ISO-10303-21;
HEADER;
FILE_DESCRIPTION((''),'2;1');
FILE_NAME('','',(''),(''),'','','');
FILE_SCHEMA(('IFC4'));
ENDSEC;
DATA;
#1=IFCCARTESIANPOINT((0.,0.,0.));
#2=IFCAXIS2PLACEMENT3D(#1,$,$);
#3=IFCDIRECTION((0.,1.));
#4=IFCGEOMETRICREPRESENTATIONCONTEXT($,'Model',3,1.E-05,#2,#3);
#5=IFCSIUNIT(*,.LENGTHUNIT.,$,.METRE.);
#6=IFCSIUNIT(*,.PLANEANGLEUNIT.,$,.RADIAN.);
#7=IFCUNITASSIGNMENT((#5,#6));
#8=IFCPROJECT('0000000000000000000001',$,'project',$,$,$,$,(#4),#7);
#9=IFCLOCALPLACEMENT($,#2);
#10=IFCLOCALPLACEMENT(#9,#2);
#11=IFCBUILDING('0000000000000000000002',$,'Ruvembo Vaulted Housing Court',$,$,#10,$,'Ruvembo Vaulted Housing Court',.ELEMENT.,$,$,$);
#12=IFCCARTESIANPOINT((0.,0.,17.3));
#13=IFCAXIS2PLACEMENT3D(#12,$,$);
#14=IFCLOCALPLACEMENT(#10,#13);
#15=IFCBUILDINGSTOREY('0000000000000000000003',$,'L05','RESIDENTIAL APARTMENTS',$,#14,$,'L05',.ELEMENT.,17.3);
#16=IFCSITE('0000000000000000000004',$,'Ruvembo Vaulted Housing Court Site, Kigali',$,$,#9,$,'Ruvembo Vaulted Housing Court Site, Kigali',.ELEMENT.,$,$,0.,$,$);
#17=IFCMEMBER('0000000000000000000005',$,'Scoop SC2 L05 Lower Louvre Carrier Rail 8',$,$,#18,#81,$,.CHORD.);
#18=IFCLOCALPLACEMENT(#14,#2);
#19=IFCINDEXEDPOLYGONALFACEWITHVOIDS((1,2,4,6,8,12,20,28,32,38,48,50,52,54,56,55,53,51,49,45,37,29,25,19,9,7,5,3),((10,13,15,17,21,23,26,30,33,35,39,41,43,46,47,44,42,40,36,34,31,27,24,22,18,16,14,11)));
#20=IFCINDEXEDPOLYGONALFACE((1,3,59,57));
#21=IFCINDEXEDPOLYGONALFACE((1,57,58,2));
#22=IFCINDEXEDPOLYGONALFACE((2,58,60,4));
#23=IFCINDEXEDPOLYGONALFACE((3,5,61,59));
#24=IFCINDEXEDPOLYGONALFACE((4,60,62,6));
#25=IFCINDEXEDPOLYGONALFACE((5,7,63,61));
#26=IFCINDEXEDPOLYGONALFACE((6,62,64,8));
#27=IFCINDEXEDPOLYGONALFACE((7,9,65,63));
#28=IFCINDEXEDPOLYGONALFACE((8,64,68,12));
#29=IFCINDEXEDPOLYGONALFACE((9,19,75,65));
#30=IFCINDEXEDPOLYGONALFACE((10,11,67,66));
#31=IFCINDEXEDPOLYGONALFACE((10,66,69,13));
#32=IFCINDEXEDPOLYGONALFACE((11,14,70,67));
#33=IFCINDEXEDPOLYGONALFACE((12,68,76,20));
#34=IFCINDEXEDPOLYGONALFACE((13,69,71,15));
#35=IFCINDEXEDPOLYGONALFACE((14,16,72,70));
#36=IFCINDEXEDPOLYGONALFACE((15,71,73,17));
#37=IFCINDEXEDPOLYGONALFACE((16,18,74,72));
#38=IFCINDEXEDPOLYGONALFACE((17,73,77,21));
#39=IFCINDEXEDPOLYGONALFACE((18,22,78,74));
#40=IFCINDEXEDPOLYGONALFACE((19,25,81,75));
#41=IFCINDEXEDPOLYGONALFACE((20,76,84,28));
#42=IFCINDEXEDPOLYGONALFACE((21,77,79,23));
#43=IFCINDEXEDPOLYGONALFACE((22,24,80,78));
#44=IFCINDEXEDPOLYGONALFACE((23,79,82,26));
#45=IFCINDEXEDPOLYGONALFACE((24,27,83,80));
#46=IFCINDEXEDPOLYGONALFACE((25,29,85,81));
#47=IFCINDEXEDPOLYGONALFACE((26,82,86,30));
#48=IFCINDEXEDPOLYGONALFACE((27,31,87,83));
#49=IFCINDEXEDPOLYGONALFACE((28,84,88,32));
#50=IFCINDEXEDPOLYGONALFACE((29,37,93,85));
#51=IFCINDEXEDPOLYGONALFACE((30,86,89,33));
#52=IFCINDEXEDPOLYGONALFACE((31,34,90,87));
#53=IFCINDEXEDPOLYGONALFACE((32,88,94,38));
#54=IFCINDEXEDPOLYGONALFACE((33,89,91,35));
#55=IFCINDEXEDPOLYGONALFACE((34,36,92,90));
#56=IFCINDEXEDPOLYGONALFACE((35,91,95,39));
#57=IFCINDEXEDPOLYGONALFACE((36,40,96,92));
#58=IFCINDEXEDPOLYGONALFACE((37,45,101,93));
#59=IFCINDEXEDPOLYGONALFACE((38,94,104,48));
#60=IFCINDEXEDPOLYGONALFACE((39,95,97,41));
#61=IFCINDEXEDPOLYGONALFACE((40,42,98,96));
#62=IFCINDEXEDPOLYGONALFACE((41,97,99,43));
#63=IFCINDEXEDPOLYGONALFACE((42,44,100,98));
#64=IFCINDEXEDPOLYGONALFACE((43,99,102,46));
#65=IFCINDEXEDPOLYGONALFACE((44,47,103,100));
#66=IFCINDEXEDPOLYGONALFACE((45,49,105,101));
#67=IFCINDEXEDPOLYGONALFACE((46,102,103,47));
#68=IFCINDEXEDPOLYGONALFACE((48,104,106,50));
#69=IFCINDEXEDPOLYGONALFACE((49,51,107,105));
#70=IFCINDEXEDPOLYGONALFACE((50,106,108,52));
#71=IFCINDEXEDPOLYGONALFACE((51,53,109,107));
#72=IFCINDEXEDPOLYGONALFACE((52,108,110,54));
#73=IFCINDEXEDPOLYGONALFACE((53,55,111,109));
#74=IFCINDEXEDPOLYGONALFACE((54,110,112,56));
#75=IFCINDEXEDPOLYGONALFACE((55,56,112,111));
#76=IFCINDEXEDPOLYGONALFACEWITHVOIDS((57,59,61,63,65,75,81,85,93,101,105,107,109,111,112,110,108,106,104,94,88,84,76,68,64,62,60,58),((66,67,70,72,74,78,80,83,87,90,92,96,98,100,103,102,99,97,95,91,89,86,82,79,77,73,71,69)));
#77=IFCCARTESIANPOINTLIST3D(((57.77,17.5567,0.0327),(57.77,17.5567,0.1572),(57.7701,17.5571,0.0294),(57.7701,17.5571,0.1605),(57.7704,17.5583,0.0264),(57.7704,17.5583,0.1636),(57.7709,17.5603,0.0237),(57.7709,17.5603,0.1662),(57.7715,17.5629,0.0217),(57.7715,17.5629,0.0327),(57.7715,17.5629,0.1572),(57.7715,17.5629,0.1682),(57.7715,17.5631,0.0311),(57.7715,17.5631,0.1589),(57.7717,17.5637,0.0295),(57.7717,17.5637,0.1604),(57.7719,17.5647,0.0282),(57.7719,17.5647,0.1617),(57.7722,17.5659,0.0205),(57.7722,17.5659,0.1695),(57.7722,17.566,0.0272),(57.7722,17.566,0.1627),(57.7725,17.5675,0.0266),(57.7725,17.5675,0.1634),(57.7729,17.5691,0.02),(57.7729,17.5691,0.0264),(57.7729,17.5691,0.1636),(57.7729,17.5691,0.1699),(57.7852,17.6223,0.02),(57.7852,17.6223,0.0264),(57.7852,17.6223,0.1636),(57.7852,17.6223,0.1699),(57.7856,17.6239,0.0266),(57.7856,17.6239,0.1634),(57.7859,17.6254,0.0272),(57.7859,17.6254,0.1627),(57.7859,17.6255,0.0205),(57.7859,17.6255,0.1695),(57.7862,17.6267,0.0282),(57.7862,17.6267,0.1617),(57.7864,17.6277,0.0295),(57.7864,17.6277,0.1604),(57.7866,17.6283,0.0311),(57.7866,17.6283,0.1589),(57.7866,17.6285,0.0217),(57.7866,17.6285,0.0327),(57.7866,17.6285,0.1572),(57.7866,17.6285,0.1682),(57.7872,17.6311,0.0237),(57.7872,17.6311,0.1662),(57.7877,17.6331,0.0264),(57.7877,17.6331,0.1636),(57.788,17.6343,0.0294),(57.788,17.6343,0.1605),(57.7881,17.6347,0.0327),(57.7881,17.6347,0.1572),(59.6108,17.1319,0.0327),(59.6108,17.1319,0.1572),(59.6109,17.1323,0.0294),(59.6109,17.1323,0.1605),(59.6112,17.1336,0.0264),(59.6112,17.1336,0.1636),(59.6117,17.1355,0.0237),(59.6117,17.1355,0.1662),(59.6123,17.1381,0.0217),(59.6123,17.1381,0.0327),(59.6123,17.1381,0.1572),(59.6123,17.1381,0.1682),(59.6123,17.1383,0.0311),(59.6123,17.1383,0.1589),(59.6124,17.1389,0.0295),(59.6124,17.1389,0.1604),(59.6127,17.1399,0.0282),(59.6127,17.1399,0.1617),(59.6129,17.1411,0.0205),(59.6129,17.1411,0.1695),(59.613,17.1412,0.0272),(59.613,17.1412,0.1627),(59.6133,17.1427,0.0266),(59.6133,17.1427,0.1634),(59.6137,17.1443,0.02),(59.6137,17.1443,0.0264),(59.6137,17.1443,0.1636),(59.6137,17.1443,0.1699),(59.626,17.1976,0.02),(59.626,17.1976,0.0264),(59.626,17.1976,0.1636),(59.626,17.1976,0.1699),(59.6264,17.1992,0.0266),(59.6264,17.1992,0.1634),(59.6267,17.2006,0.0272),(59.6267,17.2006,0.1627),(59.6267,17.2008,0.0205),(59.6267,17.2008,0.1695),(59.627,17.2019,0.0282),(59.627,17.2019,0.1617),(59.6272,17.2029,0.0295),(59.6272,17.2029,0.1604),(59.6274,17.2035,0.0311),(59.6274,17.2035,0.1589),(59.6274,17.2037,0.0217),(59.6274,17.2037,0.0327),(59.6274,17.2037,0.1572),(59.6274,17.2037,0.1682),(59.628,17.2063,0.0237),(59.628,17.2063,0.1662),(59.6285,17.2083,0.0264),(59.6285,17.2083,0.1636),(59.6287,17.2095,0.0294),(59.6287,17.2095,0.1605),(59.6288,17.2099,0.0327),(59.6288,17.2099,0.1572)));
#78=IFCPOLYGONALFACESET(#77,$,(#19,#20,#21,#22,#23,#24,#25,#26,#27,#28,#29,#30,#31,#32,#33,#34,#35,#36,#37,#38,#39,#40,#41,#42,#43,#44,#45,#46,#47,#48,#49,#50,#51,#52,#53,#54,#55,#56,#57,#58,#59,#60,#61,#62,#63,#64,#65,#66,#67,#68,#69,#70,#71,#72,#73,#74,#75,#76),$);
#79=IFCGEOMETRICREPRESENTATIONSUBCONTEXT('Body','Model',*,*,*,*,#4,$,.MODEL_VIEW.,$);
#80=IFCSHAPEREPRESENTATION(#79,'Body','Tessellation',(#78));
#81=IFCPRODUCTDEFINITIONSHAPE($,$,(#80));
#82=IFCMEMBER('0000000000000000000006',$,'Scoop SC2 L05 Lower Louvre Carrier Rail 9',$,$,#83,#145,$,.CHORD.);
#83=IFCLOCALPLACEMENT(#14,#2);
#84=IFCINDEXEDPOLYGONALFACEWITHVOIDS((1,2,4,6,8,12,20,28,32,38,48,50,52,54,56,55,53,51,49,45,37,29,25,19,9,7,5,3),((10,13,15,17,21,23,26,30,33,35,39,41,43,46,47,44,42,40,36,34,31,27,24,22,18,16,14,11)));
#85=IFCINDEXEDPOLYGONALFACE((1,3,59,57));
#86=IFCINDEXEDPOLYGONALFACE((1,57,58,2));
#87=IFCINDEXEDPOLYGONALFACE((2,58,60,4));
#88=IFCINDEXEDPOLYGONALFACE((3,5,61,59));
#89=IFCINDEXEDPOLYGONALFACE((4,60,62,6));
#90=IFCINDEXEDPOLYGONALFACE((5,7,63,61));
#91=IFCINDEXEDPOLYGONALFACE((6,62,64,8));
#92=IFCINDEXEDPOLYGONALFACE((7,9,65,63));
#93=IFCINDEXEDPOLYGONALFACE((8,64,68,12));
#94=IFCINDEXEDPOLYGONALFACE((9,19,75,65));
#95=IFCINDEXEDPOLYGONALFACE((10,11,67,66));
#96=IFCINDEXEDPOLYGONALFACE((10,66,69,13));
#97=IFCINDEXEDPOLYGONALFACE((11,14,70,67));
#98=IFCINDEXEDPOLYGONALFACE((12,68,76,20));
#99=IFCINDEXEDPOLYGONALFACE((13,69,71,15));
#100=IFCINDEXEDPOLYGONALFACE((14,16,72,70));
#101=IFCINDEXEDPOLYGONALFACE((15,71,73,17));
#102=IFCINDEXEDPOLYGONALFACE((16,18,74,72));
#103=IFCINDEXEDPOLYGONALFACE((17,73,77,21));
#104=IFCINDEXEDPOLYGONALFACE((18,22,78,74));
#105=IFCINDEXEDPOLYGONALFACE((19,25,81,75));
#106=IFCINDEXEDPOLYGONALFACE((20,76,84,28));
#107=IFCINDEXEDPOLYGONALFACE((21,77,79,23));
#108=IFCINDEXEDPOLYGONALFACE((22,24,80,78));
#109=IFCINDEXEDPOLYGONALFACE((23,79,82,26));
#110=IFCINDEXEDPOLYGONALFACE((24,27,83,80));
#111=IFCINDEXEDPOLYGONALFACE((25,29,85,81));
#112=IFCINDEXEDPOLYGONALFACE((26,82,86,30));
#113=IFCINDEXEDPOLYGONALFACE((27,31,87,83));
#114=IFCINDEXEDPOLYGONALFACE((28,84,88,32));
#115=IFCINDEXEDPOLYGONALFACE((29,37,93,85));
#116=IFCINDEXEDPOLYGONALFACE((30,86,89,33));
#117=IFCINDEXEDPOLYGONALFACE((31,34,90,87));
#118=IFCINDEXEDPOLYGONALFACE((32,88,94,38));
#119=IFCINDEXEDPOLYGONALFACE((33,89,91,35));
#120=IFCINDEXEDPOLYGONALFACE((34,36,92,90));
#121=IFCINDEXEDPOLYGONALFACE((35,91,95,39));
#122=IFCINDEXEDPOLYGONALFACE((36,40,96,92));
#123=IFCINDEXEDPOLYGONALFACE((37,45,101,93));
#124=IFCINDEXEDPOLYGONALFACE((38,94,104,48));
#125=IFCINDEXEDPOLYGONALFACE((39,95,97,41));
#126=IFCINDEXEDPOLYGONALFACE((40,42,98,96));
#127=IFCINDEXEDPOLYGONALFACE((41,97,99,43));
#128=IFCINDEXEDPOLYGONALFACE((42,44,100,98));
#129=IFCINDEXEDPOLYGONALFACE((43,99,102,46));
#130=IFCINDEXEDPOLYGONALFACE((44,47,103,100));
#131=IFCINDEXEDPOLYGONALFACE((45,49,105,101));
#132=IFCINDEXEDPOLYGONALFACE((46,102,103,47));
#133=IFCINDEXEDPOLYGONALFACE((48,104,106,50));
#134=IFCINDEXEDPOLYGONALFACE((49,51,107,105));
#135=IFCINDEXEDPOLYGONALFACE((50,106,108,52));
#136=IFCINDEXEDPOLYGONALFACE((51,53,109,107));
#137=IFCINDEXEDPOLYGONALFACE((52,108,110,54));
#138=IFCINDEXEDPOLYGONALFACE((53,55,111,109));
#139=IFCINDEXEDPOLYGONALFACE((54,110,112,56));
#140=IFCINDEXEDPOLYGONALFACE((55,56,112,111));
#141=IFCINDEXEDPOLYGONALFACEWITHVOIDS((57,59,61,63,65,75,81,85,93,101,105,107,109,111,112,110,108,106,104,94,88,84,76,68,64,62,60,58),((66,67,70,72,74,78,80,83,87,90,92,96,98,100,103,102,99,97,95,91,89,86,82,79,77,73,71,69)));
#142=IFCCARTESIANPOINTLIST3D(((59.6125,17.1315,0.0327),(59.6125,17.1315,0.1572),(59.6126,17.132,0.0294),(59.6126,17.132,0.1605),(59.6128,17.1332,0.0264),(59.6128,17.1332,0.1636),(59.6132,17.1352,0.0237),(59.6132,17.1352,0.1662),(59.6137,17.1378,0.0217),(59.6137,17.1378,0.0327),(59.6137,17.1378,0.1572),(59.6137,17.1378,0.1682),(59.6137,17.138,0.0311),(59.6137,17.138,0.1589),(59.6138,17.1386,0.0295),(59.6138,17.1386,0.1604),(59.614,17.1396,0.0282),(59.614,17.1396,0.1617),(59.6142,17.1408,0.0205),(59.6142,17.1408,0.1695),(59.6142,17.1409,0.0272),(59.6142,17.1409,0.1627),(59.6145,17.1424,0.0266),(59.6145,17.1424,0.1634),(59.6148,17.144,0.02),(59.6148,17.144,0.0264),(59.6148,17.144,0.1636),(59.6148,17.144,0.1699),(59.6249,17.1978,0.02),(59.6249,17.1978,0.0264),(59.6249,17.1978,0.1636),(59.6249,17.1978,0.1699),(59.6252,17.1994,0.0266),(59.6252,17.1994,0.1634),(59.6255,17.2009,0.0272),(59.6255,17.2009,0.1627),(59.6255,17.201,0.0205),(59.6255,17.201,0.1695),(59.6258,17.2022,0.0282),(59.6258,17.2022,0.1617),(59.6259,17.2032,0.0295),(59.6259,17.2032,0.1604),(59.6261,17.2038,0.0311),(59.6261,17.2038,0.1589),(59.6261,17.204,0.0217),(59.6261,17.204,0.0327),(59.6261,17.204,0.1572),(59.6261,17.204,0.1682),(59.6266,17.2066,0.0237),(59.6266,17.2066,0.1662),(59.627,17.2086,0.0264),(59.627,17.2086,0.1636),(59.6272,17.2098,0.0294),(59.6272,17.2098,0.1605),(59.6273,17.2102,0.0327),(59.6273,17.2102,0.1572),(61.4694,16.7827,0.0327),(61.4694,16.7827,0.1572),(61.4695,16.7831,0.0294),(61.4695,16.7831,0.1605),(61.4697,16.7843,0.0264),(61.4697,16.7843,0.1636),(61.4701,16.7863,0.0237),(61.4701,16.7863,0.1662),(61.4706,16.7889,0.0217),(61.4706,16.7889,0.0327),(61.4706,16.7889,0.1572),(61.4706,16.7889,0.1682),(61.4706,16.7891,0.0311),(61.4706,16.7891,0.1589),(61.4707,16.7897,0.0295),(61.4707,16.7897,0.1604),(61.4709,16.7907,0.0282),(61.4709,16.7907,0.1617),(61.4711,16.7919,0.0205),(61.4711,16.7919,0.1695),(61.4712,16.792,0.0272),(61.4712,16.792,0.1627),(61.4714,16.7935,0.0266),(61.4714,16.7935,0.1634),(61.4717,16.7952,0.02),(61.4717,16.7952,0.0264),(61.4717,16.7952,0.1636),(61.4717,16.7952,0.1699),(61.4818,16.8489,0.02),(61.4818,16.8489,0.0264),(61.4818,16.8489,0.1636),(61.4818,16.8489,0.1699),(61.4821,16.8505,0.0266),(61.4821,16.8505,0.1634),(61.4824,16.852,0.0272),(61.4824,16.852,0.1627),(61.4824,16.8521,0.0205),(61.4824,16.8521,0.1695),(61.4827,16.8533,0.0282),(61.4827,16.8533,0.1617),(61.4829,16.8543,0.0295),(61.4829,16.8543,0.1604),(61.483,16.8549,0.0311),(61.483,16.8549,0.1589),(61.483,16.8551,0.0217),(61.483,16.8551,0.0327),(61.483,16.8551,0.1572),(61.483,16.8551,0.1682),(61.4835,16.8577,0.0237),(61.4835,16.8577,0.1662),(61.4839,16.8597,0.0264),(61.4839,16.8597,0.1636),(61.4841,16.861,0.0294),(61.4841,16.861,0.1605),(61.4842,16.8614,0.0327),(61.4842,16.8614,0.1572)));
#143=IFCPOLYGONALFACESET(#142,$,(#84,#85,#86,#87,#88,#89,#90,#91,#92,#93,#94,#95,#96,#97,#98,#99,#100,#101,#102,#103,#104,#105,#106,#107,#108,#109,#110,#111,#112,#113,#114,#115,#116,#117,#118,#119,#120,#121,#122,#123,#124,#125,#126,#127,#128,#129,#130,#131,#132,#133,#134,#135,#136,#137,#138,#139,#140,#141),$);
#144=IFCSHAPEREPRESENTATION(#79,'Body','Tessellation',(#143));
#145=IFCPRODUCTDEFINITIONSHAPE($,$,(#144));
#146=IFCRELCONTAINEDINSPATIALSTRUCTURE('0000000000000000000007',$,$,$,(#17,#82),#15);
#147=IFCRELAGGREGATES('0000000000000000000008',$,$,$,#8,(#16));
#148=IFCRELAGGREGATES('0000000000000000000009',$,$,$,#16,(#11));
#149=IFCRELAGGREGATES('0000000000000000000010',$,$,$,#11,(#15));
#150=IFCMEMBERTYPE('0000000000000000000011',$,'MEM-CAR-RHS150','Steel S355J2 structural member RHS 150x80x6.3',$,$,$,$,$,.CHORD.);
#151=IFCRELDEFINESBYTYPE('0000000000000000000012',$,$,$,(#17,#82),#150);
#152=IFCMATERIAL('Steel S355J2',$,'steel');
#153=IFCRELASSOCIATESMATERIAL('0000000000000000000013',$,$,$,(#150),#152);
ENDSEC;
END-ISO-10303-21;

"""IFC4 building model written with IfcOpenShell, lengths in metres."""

from ifc_helpers import new_model, si_unit, direction, frame, origin, origin_2d, place, context, subcontext, project, spatial, hollow_rectangle, extrude, material, material_profile, profile_set, type_object, element, save


model = new_model("IFC4")

# Units and contexts
model_context = context("Model", 3, precision=1e-05, world=origin(), true_north=direction((0.0, 1.0)))
body_context = subcontext(model_context, "Body", "Model", "MODEL_VIEW")
ifc_project = project(units=[si_unit("LENGTHUNIT", "METRE"), si_unit("PLANEANGLEUNIT", "RADIAN")], contexts=[model_context])

# Site, building, storey
site_placement = place(None, origin())
site = spatial("IfcSite", under=ifc_project, at=site_placement, Name="Ruvembo Vaulted Housing Court Site, Kigali", LongName="Ruvembo Vaulted Housing Court Site, Kigali", CompositionType="ELEMENT", RefElevation=0.0)
building_placement = place(site_placement, origin())
building = spatial("IfcBuilding", under=site, at=building_placement, Name="Ruvembo Vaulted Housing Court", LongName="Ruvembo Vaulted Housing Court", CompositionType="ELEMENT")
storey_placement = place(building_placement, frame((0.0, 0.0, 17.3)))
storey = spatial("IfcBuildingStorey", under=building, at=storey_placement, Name="L05", Description="RESIDENTIAL APARTMENTS", LongName="L05", CompositionType="ELEMENT", Elevation=17.3)

# Shared definitions
ifc_material_1 = material(Name="Steel S355J2", Category="steel")

# Members
ifc_material_profile_1 = material_profile(ifc_material_1, hollow_rectangle(XDim=0.0801, YDim=0.1499, WallThickness=0.0063, InnerFilletRadius=0.0063, OuterFilletRadius=0.0127, at=origin_2d()), Name="RHS 150x80x6.3")
ifc_profile_set_1 = profile_set([ifc_material_profile_1], Name="Steel S355J2")
member_type_1 = type_object("IfcMemberType", Name="MEM-CAR-RHS150", Description="Steel S355J2 structural member RHS 150x80x6.3", PredefinedType="CHORD", material=ifc_profile_set_1)
member_1_placement = place(storey_placement, frame((57.7791, 17.5957, 0.095), z_axis=(0.974391, -0.22486, 0.0), x_axis=(0.22486, 0.974391, 0.0)))
element("IfcMember", 1, at=member_1_placement, inside=storey, type_object=member_type_1, Name="Scoop SC2 L05 Lower Louvre Carrier Rail 8", PredefinedType="CHORD", context=body_context, shape_type="SweptSolid", body=[
    extrude(hollow_rectangle(XDim=0.0801, YDim=0.1499, WallThickness=0.0063, InnerFilletRadius=0.0063, OuterFilletRadius=0.0127, at=origin_2d()), origin(), (0.0, 0.0, 1.0), 1.8892),
])
member_2_placement = place(storey_placement, frame((59.6199, 17.1709, 0.095), z_axis=(0.982805, -0.184647, 0.0), x_axis=(0.184647, 0.982805, 0.0)))
element("IfcMember", 2, at=member_2_placement, inside=storey, type_object=member_type_1, Name="Scoop SC2 L05 Lower Louvre Carrier Rail 9", PredefinedType="CHORD", context=body_context, shape_type="SweptSolid", body=[
    extrude(hollow_rectangle(XDim=0.0801, YDim=0.1499, WallThickness=0.0063, InnerFilletRadius=0.0063, OuterFilletRadius=0.0127, at=origin_2d()), origin(), (0.0, 0.0, 1.0), 1.8894),
])

save(model, "model.ifc")
